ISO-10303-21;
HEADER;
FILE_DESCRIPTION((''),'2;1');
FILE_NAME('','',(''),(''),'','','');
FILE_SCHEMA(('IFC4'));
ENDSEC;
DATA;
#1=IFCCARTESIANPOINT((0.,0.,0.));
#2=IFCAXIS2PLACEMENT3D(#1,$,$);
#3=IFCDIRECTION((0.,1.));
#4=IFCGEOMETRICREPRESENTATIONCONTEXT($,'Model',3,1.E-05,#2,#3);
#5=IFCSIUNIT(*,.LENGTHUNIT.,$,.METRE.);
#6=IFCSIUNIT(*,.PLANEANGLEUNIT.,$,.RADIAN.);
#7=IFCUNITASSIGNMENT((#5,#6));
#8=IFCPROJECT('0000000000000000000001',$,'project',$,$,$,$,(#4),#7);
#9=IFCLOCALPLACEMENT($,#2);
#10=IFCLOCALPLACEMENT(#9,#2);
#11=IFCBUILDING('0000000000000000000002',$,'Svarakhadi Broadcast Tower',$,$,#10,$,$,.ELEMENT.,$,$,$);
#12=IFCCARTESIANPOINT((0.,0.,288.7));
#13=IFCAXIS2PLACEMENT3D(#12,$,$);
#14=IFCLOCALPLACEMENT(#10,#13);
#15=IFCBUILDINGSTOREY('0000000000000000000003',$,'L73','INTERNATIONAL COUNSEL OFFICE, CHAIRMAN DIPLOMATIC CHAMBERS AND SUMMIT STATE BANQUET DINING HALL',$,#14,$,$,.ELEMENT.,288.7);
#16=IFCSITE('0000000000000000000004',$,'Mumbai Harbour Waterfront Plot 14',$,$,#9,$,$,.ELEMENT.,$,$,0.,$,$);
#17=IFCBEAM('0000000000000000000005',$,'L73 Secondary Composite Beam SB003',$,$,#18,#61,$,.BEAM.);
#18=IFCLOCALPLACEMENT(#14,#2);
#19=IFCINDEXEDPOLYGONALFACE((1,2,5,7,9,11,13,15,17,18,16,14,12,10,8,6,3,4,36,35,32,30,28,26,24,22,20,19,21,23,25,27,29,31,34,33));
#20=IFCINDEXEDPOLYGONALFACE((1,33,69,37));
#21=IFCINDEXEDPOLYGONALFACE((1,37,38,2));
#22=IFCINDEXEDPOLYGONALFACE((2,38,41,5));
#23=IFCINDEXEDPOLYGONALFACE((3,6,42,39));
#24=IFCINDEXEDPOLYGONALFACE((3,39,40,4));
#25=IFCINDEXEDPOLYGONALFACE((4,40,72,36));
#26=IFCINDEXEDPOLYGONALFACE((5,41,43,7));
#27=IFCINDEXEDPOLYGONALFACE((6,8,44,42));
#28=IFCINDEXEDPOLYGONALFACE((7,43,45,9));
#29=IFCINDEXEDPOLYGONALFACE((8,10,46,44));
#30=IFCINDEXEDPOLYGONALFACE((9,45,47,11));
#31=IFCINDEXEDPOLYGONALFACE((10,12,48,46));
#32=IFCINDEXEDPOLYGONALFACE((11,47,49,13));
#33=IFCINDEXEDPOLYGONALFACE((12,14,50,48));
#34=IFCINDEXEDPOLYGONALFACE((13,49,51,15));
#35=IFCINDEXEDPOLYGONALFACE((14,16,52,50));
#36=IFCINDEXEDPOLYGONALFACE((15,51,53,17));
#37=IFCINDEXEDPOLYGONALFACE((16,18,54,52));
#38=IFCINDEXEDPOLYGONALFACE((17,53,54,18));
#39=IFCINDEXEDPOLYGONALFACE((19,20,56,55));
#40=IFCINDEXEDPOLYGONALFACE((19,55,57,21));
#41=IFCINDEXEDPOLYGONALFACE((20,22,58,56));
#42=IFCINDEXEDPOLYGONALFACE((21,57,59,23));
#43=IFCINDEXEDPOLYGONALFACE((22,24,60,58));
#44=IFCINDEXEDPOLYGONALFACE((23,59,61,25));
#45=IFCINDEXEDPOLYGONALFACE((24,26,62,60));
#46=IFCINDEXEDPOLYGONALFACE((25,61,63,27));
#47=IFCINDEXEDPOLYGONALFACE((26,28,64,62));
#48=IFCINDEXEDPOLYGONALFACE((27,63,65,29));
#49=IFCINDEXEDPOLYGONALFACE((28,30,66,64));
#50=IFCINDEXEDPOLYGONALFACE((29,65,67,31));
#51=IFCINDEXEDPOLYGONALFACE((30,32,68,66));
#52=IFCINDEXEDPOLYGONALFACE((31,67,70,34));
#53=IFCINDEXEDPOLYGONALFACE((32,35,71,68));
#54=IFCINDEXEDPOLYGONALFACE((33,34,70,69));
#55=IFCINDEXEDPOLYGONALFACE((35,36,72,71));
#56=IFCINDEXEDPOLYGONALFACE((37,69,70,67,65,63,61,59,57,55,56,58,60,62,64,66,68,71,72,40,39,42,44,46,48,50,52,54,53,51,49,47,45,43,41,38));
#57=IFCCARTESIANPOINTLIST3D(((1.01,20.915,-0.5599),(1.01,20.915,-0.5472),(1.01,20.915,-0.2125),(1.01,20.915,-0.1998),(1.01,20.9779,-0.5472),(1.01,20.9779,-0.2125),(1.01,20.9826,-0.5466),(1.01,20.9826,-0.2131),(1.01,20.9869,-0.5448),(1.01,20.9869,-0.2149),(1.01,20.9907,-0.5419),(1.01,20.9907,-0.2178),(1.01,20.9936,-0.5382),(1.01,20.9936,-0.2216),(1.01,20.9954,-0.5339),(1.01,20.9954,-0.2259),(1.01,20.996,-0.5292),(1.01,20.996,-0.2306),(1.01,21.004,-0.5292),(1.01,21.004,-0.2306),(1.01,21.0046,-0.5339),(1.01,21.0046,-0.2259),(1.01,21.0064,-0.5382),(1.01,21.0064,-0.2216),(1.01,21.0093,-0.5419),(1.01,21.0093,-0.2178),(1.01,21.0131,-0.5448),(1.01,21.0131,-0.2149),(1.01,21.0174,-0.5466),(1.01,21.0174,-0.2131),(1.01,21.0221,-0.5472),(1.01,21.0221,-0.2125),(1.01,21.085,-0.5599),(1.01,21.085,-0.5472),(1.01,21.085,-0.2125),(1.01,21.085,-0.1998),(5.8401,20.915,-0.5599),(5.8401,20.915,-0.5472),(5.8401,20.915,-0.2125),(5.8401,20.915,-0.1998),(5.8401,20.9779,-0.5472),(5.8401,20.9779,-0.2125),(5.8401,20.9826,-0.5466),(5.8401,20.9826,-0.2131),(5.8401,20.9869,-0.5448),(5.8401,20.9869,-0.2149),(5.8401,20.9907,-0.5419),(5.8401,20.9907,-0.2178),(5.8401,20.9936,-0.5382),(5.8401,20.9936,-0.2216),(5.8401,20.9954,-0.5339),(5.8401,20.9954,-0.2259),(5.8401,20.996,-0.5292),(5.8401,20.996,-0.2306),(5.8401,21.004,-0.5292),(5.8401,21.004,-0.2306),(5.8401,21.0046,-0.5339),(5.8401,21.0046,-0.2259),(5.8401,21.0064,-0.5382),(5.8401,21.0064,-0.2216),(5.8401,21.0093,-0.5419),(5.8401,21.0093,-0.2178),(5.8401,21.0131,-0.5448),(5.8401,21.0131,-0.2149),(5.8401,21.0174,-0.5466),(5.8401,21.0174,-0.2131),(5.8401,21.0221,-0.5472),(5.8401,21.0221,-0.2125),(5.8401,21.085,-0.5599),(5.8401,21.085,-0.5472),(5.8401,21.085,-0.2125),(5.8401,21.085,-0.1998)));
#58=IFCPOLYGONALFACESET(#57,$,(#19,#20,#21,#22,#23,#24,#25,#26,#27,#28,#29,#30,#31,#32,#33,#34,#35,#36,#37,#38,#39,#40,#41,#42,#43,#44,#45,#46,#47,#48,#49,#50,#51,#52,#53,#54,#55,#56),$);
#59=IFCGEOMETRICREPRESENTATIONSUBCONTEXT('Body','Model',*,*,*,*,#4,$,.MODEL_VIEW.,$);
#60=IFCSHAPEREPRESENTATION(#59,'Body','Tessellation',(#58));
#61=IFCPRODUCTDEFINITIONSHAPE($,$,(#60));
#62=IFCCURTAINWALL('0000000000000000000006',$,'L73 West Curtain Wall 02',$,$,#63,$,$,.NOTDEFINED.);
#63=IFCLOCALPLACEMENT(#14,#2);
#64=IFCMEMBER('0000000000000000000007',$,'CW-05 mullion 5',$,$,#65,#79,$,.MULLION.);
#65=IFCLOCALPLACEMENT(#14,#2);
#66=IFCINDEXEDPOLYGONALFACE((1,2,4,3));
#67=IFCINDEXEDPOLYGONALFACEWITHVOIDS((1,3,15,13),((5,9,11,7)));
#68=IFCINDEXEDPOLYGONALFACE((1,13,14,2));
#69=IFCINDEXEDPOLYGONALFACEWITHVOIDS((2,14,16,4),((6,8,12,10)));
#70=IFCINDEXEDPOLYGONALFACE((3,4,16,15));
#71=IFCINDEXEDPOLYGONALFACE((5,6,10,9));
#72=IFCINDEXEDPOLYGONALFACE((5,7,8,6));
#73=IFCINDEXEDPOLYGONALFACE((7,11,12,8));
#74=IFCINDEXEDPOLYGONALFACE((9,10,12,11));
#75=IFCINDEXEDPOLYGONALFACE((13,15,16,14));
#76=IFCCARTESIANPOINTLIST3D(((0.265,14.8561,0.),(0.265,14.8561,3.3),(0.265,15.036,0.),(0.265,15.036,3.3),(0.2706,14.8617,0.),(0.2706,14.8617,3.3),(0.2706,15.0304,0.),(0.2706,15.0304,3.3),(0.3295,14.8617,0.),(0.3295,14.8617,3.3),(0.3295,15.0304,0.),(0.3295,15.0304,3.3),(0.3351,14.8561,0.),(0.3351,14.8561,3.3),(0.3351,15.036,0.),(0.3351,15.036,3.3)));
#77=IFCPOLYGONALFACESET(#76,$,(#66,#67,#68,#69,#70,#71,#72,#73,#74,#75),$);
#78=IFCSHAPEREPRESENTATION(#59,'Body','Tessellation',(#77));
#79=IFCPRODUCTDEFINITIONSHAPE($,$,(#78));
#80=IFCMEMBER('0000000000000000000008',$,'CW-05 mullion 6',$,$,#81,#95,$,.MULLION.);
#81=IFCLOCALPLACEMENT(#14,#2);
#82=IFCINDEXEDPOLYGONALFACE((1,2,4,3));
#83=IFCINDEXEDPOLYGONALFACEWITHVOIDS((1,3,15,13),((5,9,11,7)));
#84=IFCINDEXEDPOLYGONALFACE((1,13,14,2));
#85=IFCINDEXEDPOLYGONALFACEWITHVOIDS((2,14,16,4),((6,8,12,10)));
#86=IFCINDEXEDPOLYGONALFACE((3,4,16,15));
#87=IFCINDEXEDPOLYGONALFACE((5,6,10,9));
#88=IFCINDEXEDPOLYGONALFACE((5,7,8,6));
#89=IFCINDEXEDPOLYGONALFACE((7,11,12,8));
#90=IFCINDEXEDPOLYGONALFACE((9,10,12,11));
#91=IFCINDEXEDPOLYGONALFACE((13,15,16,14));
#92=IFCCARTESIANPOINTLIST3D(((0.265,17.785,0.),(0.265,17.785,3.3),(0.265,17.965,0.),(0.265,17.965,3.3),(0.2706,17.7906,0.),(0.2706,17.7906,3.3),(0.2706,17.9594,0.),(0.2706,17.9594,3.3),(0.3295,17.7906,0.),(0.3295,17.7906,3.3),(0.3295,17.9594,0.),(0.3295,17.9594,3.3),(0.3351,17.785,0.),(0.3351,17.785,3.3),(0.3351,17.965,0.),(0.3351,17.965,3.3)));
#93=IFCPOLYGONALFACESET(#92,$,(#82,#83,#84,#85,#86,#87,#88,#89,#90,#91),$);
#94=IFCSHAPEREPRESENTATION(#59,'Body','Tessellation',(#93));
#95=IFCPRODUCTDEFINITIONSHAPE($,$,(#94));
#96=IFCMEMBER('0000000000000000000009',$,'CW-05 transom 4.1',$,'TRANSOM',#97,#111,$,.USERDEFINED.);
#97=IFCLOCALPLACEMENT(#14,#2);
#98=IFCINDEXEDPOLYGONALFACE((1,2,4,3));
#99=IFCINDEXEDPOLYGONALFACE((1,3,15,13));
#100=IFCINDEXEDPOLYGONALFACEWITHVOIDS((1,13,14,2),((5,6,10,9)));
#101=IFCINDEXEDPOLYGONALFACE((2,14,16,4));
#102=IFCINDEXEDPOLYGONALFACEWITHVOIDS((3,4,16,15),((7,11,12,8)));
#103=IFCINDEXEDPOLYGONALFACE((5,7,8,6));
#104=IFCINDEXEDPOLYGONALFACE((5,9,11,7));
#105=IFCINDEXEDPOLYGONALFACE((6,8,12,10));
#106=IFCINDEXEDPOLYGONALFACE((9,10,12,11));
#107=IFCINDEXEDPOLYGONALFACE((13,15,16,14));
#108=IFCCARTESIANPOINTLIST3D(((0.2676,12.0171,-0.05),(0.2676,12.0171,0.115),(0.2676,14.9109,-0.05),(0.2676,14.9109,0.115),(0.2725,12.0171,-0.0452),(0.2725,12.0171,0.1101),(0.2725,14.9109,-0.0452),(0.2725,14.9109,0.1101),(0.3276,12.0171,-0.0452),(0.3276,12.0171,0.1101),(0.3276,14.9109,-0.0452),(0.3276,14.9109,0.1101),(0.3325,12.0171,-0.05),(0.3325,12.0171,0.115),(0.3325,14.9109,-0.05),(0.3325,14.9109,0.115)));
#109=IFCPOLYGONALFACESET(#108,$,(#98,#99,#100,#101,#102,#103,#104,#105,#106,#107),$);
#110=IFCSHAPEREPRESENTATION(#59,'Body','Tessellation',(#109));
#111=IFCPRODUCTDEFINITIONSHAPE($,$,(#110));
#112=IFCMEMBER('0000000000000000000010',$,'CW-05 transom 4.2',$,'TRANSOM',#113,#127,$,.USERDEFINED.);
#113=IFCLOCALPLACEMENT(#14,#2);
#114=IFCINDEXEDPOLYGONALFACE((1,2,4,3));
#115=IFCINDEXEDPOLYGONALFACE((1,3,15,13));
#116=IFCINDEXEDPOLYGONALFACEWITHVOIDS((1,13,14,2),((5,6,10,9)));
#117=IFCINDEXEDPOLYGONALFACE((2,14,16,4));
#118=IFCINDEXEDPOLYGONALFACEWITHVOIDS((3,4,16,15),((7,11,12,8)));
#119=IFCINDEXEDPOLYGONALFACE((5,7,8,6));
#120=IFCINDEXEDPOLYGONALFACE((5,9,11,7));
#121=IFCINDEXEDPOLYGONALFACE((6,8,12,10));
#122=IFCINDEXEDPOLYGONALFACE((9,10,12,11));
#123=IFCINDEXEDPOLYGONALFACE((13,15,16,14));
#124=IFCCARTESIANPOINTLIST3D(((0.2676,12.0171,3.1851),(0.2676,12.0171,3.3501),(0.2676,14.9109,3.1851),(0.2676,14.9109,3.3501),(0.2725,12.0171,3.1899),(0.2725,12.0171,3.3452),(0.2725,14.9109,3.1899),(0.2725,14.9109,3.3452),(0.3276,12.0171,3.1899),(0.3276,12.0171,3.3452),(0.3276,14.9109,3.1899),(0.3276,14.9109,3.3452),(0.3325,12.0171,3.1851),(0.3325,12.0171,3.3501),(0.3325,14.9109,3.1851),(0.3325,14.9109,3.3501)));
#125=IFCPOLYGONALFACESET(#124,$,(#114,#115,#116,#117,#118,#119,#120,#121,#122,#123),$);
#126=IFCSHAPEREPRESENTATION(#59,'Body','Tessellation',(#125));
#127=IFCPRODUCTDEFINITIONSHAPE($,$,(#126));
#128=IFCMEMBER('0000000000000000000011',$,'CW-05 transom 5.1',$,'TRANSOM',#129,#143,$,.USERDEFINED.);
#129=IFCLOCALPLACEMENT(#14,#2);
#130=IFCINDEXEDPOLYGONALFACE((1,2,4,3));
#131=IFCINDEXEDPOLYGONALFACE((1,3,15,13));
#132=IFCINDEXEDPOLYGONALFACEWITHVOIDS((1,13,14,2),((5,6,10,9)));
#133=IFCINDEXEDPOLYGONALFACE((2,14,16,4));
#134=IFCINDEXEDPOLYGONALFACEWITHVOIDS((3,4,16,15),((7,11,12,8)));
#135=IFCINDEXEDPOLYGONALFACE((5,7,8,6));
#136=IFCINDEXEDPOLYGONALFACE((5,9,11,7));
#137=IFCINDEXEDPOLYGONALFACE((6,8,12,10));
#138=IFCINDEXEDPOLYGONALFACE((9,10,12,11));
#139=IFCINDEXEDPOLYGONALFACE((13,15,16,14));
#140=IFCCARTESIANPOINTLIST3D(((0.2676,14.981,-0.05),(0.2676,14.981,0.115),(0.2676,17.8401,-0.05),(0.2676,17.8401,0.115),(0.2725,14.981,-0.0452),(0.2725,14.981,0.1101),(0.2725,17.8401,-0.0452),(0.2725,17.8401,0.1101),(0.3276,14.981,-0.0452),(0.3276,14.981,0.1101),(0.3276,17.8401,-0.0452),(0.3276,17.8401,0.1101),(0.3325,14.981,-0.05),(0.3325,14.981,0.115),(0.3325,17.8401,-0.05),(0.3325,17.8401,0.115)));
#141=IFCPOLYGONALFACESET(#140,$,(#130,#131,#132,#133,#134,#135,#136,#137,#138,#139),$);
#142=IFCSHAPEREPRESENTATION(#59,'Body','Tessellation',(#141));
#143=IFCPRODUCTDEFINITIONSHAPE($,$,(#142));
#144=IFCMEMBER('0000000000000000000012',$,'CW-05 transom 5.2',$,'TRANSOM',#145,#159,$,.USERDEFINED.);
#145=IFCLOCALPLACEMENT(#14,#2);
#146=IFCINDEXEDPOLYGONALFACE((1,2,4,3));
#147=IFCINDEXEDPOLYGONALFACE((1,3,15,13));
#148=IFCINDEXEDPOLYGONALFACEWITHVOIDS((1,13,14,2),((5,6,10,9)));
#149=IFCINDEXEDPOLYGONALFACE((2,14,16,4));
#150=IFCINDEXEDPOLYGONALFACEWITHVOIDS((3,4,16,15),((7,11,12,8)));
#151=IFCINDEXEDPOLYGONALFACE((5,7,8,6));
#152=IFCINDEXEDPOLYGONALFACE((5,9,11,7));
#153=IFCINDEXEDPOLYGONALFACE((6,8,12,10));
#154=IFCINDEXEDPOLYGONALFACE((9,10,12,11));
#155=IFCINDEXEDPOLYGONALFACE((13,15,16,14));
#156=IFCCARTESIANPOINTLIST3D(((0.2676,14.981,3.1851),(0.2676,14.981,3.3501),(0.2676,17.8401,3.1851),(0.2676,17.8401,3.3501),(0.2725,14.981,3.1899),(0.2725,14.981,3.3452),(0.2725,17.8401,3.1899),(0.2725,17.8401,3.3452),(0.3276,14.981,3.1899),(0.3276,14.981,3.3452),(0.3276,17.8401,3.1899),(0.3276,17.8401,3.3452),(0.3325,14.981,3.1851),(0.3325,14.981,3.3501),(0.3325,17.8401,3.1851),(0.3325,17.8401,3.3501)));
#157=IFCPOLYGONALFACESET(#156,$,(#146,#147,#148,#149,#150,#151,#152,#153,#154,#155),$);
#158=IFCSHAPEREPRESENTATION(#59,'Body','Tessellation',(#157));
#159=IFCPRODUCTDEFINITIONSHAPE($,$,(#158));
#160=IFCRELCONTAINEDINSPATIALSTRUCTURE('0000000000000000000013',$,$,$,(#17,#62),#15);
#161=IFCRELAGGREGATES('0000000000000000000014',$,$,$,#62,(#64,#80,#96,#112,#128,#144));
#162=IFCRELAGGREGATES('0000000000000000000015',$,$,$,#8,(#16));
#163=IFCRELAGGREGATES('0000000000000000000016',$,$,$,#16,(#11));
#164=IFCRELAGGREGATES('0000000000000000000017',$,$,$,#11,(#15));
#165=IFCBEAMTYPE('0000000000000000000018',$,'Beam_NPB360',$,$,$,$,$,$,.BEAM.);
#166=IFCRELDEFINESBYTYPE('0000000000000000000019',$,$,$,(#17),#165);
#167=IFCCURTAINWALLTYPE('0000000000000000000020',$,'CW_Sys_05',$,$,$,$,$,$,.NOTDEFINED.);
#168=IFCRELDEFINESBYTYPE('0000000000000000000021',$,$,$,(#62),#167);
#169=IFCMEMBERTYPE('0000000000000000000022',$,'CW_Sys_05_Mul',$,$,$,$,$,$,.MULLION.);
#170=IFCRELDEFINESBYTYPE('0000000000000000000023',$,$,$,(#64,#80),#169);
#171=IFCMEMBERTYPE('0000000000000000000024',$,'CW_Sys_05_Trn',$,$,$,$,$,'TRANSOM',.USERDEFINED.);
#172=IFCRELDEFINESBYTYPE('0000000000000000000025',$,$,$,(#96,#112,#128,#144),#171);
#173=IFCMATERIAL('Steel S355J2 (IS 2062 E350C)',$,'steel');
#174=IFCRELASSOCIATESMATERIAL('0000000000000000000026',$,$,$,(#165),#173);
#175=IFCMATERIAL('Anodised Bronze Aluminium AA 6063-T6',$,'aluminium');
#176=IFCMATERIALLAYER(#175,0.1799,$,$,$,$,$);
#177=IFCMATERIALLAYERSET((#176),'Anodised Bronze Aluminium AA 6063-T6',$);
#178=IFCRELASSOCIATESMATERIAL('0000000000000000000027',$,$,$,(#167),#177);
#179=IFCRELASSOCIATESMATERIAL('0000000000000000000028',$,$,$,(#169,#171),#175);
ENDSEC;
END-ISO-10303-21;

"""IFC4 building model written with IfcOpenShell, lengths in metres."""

from ifc_helpers import new_model, si_unit, direction, frame, origin, origin_2d, place, context, subcontext, project, spatial, hollow_rectangle, i_section, extrude, material, layer, layer_set, material_profile, profile_set, type_object, element, aggregate, save


model = new_model("IFC4")

# Units and contexts
model_context = context("Model", 3, precision=1e-05, world=origin(), true_north=direction((0.0, 1.0)))
body_context = subcontext(model_context, "Body", "Model", "MODEL_VIEW")
ifc_project = project(units=[si_unit("LENGTHUNIT", "METRE"), si_unit("PLANEANGLEUNIT", "RADIAN")], contexts=[model_context])

# Site, building, storey
site_placement = place(None, origin())
site = spatial("IfcSite", under=ifc_project, at=site_placement, Name="Mumbai Harbour Waterfront Plot 14", CompositionType="ELEMENT", RefElevation=0.0)
building_placement = place(site_placement, origin())
building = spatial("IfcBuilding", under=site, at=building_placement, Name="Svarakhadi Broadcast Tower", CompositionType="ELEMENT")
storey_placement = place(building_placement, frame((0.0, 0.0, 288.7)))
storey = spatial("IfcBuildingStorey", under=building, at=storey_placement, Name="L73", Description="INTERNATIONAL COUNSEL OFFICE, CHAIRMAN DIPLOMATIC CHAMBERS AND SUMMIT STATE BANQUET DINING HALL", CompositionType="ELEMENT", Elevation=288.7)

# Beam
ifc_material_1 = material(Name="Steel S355J2 (IS 2062 E350C)", Category="steel")
ifc_material_profile_1 = material_profile(ifc_material_1, i_section(OverallWidth=0.1699, OverallDepth=0.3601, WebThickness=0.0081, FlangeThickness=0.0127, FilletRadius=0.0181, at=origin_2d()), Name="NPB 360x170x57")
ifc_profile_set_1 = profile_set([ifc_material_profile_1], Name="Steel S355J2 (IS 2062 E350C)")
beam_type_1 = type_object("IfcBeamType", Name="Beam_NPB360", PredefinedType="BEAM", material=ifc_profile_set_1)
for number, where, z_axis, x_axis, name in (
    (1, (1.01, 21.0, -0.3799), (1.0, 0.0, 0.0), (0.0, 1.0, 0.0), "L73 Secondary Composite Beam SB003"),
):
    element("IfcBeam", number, at=place(storey_placement, frame(where, z_axis=z_axis, x_axis=x_axis)), inside=storey, type_object=beam_type_1, Name=name, PredefinedType="BEAM", context=body_context, shape_type="SweptSolid", body=[
        extrude(i_section(OverallWidth=0.1699, OverallDepth=0.3601, WebThickness=0.0081, FlangeThickness=0.0127, FilletRadius=0.0181, at=origin_2d()), origin(), (0.0, 0.0, 1.0), 4.8301),
    ])

# Curtain wall, members
ifc_material_2 = material(Name="Anodised Bronze Aluminium AA 6063-T6", Category="aluminium")
ifc_layer_1 = layer(ifc_material_2, 0.1799)
ifc_layer_set_1 = layer_set([ifc_layer_1], Name="Anodised Bronze Aluminium AA 6063-T6")
curtain_wall_type = type_object("IfcCurtainWallType", Name="CW_Sys_05", PredefinedType="NOTDEFINED", material=ifc_layer_set_1)
curtain_wall_placement = place(storey_placement, origin())
curtain_wall = element("IfcCurtainWall", 2, at=curtain_wall_placement, inside=storey, type_object=curtain_wall_type, Name="L73 West Curtain Wall 02", PredefinedType="NOTDEFINED")
ifc_material_profile_2 = material_profile(ifc_material_2, hollow_rectangle(XDim=0.0701, YDim=0.1799, WallThickness=0.0056, at=origin_2d()), Name="ALU MULLION 180x70x6")
ifc_profile_set_2 = profile_set([ifc_material_profile_2], Name="Anodised Bronze Aluminium AA 6063-T6")
member_type_1 = type_object("IfcMemberType", Name="CW_Sys_05_Mul", PredefinedType="MULLION", material=ifc_profile_set_2)
member_1_placement = place(storey_placement, frame((0.3, 14.946, 0.0), z_axis=(0.0, 0.0, 1.0), x_axis=(-1.0, 0.0, 0.0)))
member_1 = element("IfcMember", 3, at=member_1_placement, type_object=member_type_1, Name="CW-05 mullion 5", PredefinedType="MULLION", context=body_context, shape_type="SweptSolid", body=[
    extrude(hollow_rectangle(XDim=0.0701, YDim=0.1799, WallThickness=0.0056, at=origin_2d()), origin(), (0.0, 0.0, 1.0), 3.3),
])
member_2_placement = place(storey_placement, frame((0.3, 17.875, 0.0), z_axis=(0.0, 0.0, 1.0), x_axis=(-1.0, 0.0, 0.0)))
member_2 = element("IfcMember", 4, at=member_2_placement, type_object=member_type_1, Name="CW-05 mullion 6", PredefinedType="MULLION", context=body_context, shape_type="SweptSolid", body=[
    extrude(hollow_rectangle(XDim=0.0701, YDim=0.1799, WallThickness=0.0056, at=origin_2d()), origin(), (0.0, 0.0, 1.0), 3.3),
])
ifc_material_profile_3 = material_profile(ifc_material_2, hollow_rectangle(XDim=0.0649, YDim=0.165, WallThickness=0.0049, at=origin_2d()), Name="ALU TRANSOM 165x65x5")
ifc_profile_set_3 = profile_set([ifc_material_profile_3], Name="Anodised Bronze Aluminium AA 6063-T6")
member_type_2 = type_object("IfcMemberType", Name="CW_Sys_05_Trn", ElementType="TRANSOM", PredefinedType="USERDEFINED", material=ifc_profile_set_3)
member_3_placement = place(storey_placement, frame((0.3, 12.0171, 0.0325), z_axis=(0.0, 1.0, 0.0), x_axis=(-1.0, 0.0, 0.0)))
member_3 = element("IfcMember", 5, at=member_3_placement, type_object=member_type_2, Name="CW-05 transom 4.1", ObjectType="TRANSOM", PredefinedType="USERDEFINED", context=body_context, shape_type="SweptSolid", body=[
    extrude(hollow_rectangle(XDim=0.0649, YDim=0.165, WallThickness=0.0049, at=origin_2d()), origin(), (0.0, 0.0, 1.0), 2.8938),
])
member_4_placement = place(storey_placement, frame((0.3, 12.0171, 3.2676), z_axis=(0.0, 1.0, 0.0), x_axis=(-1.0, 0.0, 0.0)))
member_4 = element("IfcMember", 6, at=member_4_placement, type_object=member_type_2, Name="CW-05 transom 4.2", ObjectType="TRANSOM", PredefinedType="USERDEFINED", context=body_context, shape_type="SweptSolid", body=[
    extrude(hollow_rectangle(XDim=0.0649, YDim=0.165, WallThickness=0.0049, at=origin_2d()), origin(), (0.0, 0.0, 1.0), 2.8938),
])
member_5_placement = place(storey_placement, frame((0.3, 14.981, 0.0325), z_axis=(0.0, 1.0, 0.0), x_axis=(-1.0, 0.0, 0.0)))
member_5 = element("IfcMember", 7, at=member_5_placement, type_object=member_type_2, Name="CW-05 transom 5.1", ObjectType="TRANSOM", PredefinedType="USERDEFINED", context=body_context, shape_type="SweptSolid", body=[
    extrude(hollow_rectangle(XDim=0.0649, YDim=0.165, WallThickness=0.0049, at=origin_2d()), origin(), (0.0, 0.0, 1.0), 2.8591),
])
member_6_placement = place(storey_placement, frame((0.3, 14.981, 3.2676), z_axis=(0.0, 1.0, 0.0), x_axis=(-1.0, 0.0, 0.0)))
member_6 = element("IfcMember", 8, at=member_6_placement, type_object=member_type_2, Name="CW-05 transom 5.2", ObjectType="TRANSOM", PredefinedType="USERDEFINED", context=body_context, shape_type="SweptSolid", body=[
    extrude(hollow_rectangle(XDim=0.0649, YDim=0.165, WallThickness=0.0049, at=origin_2d()), origin(), (0.0, 0.0, 1.0), 2.8591),
])

aggregate(curtain_wall, [member_1, member_2, member_3, member_4, member_5, member_6])

save(model, "model.ifc")
